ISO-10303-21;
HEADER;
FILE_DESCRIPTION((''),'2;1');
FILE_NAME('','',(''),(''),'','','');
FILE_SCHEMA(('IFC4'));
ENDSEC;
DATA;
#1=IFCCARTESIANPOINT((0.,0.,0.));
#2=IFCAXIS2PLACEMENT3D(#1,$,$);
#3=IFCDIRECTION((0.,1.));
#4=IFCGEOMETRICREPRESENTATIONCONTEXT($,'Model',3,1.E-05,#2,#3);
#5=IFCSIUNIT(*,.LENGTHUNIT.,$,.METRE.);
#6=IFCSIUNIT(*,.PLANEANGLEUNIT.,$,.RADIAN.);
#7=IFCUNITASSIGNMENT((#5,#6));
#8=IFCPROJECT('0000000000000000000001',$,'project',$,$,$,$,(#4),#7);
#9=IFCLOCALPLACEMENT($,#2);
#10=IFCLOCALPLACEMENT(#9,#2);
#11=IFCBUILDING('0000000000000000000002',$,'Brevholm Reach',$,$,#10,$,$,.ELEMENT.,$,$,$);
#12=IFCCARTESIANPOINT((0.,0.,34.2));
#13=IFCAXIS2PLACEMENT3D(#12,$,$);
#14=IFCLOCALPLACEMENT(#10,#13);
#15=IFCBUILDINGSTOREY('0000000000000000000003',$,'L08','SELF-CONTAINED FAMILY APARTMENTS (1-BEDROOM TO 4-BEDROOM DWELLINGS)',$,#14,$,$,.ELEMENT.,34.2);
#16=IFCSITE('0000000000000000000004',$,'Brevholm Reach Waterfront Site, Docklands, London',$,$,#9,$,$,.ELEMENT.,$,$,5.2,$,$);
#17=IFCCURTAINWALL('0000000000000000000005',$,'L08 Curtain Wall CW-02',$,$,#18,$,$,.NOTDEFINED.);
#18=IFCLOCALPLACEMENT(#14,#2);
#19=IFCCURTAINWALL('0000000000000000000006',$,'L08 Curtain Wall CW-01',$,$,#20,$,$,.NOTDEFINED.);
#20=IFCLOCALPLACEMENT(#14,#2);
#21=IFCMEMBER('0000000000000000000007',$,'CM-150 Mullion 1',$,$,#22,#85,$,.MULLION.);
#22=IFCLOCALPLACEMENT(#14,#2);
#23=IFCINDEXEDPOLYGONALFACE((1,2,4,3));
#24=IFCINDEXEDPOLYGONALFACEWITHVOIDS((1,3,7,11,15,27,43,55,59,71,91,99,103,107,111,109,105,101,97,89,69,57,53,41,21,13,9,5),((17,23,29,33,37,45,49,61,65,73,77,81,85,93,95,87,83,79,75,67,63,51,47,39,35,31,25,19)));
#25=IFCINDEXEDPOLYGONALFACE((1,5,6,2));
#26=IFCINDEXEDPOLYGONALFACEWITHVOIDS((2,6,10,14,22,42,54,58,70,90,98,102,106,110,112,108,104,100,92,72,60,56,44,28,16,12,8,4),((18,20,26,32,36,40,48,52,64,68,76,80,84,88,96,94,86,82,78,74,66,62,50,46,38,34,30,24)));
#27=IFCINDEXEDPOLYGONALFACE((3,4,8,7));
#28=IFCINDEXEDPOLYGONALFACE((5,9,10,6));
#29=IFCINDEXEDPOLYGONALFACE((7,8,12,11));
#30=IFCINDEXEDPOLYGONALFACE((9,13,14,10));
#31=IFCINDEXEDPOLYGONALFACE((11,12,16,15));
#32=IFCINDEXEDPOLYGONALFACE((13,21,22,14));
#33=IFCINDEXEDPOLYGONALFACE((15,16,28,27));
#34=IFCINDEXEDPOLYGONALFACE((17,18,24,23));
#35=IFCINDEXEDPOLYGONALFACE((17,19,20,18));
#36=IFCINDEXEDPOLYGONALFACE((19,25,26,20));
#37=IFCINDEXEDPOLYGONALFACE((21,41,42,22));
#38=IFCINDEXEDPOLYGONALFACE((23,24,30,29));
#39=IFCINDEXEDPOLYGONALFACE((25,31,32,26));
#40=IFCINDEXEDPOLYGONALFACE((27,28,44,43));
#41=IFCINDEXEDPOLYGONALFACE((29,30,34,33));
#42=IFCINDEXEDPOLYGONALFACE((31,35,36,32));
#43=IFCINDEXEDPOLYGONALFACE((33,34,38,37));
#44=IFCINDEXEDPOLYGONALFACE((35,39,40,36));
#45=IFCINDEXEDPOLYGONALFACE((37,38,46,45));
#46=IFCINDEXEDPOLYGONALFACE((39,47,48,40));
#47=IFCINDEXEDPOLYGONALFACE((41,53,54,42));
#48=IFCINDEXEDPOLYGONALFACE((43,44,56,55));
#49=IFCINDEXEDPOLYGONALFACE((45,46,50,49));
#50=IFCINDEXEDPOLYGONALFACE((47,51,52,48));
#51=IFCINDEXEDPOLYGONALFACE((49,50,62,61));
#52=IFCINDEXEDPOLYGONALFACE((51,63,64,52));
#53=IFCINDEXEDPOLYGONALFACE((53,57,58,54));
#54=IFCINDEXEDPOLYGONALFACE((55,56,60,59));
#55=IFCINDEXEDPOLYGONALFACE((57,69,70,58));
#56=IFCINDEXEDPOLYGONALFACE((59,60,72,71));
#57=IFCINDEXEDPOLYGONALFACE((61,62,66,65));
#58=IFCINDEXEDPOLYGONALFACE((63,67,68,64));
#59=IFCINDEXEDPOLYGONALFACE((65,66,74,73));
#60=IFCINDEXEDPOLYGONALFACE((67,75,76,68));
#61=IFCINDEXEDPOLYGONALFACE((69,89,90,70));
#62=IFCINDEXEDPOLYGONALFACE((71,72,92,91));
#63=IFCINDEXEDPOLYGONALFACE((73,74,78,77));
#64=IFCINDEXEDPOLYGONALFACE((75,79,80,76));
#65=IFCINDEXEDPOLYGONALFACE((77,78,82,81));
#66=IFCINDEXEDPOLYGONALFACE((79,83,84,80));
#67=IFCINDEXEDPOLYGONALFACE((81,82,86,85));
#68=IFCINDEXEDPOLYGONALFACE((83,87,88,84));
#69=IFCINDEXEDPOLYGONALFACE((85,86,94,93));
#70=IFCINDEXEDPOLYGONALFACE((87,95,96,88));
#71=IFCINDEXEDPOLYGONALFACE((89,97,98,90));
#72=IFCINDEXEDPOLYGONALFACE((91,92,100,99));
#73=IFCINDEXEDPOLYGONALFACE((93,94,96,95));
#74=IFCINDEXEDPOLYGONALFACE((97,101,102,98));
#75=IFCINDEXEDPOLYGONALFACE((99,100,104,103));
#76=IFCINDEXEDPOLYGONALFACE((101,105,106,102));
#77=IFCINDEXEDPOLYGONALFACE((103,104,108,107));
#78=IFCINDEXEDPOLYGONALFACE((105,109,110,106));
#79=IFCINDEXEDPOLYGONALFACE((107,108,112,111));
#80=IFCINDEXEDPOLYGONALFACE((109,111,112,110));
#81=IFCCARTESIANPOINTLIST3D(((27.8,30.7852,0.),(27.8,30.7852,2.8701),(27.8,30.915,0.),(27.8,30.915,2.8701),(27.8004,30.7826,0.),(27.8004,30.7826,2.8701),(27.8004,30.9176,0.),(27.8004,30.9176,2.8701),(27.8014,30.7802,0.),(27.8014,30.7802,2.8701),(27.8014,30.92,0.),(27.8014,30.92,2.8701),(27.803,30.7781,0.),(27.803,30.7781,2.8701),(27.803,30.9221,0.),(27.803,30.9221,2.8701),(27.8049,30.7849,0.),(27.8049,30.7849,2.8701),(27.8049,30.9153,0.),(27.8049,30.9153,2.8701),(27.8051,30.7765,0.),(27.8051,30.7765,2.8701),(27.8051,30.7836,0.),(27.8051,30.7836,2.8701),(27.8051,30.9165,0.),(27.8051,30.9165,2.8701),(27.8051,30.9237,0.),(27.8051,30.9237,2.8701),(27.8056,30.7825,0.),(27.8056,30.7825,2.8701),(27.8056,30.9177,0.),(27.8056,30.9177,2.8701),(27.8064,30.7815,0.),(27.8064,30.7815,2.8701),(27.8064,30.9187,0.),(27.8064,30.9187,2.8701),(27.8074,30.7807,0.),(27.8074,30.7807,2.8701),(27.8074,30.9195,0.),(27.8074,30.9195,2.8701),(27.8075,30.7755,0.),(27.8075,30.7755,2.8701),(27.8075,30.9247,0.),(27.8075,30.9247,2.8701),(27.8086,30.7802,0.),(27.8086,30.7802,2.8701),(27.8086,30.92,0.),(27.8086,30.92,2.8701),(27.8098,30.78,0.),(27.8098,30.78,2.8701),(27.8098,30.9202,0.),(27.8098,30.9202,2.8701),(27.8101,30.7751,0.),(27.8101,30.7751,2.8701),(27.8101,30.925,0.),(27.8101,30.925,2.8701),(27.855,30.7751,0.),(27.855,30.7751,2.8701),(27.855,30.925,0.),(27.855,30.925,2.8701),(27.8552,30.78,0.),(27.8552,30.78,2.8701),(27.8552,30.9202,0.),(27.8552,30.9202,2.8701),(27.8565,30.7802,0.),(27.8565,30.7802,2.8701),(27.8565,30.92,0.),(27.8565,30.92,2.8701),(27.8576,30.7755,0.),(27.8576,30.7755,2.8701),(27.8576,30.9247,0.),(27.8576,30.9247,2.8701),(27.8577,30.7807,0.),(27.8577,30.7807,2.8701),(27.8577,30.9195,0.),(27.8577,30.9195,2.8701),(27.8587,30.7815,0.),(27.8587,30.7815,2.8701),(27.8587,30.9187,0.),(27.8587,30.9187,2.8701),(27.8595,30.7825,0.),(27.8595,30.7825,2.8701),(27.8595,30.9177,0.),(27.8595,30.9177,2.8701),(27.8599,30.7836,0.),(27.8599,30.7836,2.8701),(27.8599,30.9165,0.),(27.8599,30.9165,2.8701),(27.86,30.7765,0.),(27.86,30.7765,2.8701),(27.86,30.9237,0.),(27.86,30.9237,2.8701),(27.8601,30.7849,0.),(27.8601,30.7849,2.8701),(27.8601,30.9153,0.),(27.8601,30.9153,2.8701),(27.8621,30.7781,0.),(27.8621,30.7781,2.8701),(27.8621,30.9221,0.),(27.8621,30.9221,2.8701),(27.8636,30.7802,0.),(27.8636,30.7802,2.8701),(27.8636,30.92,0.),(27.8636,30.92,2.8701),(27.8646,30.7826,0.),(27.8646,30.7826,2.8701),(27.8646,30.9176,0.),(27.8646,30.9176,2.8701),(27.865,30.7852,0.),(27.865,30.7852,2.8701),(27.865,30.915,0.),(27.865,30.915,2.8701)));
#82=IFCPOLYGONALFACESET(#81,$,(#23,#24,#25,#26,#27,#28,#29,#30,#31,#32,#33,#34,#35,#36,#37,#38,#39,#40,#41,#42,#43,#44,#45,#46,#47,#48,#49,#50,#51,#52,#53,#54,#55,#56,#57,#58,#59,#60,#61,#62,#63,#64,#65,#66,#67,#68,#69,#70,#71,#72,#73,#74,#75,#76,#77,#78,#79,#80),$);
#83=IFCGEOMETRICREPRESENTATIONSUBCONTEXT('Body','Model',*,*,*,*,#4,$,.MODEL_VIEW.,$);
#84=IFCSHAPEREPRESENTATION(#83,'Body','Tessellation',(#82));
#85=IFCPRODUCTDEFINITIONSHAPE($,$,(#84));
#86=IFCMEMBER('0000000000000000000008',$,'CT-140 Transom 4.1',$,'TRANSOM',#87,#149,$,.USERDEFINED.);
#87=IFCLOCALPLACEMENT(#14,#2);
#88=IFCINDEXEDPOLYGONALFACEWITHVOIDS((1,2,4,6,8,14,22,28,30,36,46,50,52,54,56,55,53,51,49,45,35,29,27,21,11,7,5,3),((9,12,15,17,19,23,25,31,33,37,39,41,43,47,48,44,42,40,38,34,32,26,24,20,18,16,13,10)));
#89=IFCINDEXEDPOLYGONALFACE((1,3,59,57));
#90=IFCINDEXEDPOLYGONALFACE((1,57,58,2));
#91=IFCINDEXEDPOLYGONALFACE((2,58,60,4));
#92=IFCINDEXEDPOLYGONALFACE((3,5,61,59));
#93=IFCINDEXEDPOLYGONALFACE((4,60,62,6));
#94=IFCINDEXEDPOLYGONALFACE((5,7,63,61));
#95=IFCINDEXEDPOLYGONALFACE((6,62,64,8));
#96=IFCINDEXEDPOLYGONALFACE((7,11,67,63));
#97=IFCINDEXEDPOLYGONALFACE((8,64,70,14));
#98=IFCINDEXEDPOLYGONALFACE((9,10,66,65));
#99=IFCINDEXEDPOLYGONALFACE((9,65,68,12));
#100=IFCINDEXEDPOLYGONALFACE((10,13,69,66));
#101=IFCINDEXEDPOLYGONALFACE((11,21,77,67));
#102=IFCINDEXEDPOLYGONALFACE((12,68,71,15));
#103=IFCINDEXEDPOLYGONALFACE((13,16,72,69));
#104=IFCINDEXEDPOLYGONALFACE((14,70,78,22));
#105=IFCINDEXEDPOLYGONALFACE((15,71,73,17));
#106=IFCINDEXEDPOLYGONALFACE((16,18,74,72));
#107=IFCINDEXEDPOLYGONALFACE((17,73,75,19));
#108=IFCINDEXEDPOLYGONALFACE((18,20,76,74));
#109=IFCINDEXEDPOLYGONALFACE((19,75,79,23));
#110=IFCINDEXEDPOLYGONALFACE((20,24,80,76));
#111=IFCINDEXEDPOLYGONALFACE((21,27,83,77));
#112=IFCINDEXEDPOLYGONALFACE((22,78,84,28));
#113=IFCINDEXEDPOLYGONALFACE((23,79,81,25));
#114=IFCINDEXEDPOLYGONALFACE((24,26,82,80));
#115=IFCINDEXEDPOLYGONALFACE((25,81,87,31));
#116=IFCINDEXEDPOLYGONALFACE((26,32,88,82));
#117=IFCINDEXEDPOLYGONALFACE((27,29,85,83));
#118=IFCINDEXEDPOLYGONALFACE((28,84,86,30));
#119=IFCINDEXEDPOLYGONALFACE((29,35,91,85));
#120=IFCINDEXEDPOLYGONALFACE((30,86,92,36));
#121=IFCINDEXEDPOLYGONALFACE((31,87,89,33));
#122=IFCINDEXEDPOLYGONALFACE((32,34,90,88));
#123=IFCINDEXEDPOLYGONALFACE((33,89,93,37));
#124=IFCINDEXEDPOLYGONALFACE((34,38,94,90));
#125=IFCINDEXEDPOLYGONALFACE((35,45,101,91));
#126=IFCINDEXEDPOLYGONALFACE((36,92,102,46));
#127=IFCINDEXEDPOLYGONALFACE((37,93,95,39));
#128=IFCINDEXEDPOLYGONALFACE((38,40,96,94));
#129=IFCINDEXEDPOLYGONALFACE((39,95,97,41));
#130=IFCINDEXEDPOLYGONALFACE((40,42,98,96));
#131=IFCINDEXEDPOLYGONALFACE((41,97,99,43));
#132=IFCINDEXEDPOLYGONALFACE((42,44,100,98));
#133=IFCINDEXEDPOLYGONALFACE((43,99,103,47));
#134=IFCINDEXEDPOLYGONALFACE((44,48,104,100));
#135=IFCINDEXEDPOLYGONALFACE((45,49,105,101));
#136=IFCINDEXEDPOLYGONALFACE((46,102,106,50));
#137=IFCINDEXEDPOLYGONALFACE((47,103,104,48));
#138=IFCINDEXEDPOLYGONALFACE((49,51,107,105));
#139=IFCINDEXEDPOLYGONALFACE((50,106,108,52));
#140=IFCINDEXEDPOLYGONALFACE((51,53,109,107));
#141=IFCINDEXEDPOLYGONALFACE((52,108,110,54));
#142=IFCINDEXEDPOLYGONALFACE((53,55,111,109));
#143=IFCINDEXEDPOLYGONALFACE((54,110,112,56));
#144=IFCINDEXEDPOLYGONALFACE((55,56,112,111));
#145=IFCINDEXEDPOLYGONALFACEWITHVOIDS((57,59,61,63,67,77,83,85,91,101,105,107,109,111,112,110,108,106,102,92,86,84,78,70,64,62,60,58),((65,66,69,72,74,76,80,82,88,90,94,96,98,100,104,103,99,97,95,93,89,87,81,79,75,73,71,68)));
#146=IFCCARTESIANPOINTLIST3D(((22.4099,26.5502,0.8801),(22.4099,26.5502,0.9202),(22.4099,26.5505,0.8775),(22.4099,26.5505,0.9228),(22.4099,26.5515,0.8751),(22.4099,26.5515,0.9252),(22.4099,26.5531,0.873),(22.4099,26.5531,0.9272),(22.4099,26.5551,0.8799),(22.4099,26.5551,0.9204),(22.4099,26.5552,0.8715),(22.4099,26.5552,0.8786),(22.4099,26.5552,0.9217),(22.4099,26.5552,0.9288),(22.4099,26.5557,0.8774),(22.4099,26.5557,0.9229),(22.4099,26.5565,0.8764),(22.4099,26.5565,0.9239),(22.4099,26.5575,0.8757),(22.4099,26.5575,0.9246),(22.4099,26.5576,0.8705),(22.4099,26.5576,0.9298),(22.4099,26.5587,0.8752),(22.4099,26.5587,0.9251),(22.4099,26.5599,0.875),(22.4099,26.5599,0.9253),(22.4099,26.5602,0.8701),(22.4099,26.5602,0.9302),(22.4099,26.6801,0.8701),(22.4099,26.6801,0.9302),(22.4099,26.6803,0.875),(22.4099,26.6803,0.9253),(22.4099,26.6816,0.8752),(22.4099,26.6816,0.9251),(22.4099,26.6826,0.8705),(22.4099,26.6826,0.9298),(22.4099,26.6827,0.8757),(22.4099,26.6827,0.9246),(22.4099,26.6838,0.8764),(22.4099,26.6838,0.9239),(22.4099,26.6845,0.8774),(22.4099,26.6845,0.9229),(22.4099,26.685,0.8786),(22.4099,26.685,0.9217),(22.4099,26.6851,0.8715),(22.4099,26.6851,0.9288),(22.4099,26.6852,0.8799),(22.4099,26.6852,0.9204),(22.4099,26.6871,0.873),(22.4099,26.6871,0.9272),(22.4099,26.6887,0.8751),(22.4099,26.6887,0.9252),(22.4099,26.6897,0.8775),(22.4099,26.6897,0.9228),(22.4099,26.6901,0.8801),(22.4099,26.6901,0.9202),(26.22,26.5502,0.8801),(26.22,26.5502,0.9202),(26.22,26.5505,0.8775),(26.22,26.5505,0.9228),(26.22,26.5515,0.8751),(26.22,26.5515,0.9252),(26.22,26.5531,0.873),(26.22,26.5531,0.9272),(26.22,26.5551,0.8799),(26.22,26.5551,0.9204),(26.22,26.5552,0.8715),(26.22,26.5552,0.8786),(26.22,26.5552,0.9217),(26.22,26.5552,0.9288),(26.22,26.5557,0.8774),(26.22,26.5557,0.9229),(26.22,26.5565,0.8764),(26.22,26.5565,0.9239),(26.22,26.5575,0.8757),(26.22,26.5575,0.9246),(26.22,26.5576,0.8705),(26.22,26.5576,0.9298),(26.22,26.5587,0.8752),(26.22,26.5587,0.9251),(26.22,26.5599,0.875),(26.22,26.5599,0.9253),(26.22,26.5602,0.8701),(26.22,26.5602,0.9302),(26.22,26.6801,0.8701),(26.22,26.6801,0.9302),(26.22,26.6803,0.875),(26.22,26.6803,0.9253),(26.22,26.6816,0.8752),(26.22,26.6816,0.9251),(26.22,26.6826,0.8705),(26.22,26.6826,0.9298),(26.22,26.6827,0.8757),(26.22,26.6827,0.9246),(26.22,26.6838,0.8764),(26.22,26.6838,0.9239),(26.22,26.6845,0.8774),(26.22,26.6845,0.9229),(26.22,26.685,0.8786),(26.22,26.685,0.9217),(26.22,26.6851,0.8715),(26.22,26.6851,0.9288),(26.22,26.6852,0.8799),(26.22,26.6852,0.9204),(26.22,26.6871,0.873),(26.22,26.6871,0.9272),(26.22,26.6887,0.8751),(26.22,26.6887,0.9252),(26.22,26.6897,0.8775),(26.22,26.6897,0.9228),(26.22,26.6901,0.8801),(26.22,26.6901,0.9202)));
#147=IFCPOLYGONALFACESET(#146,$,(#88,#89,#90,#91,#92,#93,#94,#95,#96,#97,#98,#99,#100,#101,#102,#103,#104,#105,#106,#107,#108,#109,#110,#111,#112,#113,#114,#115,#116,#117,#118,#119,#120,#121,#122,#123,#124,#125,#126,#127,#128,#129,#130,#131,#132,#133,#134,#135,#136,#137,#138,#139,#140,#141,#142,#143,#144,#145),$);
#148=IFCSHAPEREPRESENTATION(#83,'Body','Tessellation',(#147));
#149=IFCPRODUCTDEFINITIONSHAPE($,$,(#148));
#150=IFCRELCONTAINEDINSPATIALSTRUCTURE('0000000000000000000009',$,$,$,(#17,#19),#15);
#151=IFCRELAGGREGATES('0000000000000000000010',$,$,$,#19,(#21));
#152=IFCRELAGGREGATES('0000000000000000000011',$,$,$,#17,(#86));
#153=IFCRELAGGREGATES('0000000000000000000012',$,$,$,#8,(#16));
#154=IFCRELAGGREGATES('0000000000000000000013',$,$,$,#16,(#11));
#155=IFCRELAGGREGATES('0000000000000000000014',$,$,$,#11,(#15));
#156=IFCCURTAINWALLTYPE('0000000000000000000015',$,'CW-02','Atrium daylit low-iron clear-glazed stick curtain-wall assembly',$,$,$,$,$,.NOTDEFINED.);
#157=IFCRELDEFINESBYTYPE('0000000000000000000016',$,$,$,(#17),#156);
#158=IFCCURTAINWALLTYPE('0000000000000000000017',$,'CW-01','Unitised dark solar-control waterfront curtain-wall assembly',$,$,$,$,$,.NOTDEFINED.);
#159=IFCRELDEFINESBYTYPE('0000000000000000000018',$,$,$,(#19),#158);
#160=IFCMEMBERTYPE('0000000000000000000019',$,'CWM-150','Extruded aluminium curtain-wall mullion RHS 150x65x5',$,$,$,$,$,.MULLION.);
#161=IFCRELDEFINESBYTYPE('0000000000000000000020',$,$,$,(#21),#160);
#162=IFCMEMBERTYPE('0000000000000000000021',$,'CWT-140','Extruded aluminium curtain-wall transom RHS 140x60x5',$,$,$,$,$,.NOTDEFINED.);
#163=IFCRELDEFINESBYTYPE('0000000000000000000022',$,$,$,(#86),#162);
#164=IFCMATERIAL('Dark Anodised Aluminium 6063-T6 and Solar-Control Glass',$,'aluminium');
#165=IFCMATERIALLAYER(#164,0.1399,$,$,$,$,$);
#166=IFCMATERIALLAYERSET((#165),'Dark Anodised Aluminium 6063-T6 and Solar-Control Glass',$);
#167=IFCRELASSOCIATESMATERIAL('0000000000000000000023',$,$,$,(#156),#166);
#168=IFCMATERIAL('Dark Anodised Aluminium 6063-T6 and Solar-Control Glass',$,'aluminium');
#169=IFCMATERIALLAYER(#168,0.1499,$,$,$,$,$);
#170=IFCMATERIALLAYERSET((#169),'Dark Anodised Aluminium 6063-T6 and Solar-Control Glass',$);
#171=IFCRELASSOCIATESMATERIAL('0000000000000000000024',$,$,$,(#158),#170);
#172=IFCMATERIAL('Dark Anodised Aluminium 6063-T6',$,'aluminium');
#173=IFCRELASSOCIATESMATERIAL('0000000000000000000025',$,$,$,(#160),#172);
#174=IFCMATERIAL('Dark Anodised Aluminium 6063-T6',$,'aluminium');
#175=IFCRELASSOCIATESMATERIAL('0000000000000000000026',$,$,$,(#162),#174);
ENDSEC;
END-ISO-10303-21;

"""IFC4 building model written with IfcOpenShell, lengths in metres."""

from ifc_helpers import new_model, si_unit, direction, frame, origin, origin_2d, place, context, subcontext, project, spatial, hollow_rectangle, extrude, material, layer, layer_set, material_profile, profile_set, type_object, element, aggregate, save


model = new_model("IFC4")

# Units and contexts
model_context = context("Model", 3, precision=1e-05, world=origin(), true_north=direction((0.0, 1.0)))
body_context = subcontext(model_context, "Body", "Model", "MODEL_VIEW")
ifc_project = project(units=[si_unit("LENGTHUNIT", "METRE"), si_unit("PLANEANGLEUNIT", "RADIAN")], contexts=[model_context])

# Site, building, storey
site_placement = place(None, origin())
site = spatial("IfcSite", under=ifc_project, at=site_placement, Name="Brevholm Reach Waterfront Site, Docklands, London", CompositionType="ELEMENT", RefElevation=5.2)
building_placement = place(site_placement, origin())
building = spatial("IfcBuilding", under=site, at=building_placement, Name="Brevholm Reach", CompositionType="ELEMENT")
storey_placement = place(building_placement, frame((0.0, 0.0, 34.2)))
storey = spatial("IfcBuildingStorey", under=building, at=storey_placement, Name="L08", Description="SELF-CONTAINED FAMILY APARTMENTS (1-BEDROOM TO 4-BEDROOM DWELLINGS)", CompositionType="ELEMENT", Elevation=34.2)

# Curtain wall
ifc_material_1 = material(Name="Dark Anodised Aluminium 6063-T6 and Solar-Control Glass", Category="aluminium")
ifc_layer_1 = layer(ifc_material_1, 0.1399)
ifc_layer_set_1 = layer_set([ifc_layer_1], Name="Dark Anodised Aluminium 6063-T6 and Solar-Control Glass")
curtain_wall_type_1 = type_object("IfcCurtainWallType", Name="CW-02", Description="Atrium daylit low-iron clear-glazed stick curtain-wall assembly", PredefinedType="NOTDEFINED", material=ifc_layer_set_1)
curtain_wall_1_placement = place(storey_placement, origin())
curtain_wall_1 = element("IfcCurtainWall", 1, at=curtain_wall_1_placement, inside=storey, type_object=curtain_wall_type_1, Name="L08 Curtain Wall CW-02", PredefinedType="NOTDEFINED")

# Curtain wall, member
ifc_material_2 = material(Name="Dark Anodised Aluminium 6063-T6 and Solar-Control Glass", Category="aluminium")
ifc_layer_2 = layer(ifc_material_2, 0.1499)
ifc_layer_set_2 = layer_set([ifc_layer_2], Name="Dark Anodised Aluminium 6063-T6 and Solar-Control Glass")
curtain_wall_type_2 = type_object("IfcCurtainWallType", Name="CW-01", Description="Unitised dark solar-control waterfront curtain-wall assembly", PredefinedType="NOTDEFINED", material=ifc_layer_set_2)
curtain_wall_2_placement = place(storey_placement, origin())
curtain_wall_2 = element("IfcCurtainWall", 2, at=curtain_wall_2_placement, inside=storey, type_object=curtain_wall_type_2, Name="L08 Curtain Wall CW-01", PredefinedType="NOTDEFINED")
ifc_material_3 = material(Name="Dark Anodised Aluminium 6063-T6", Category="aluminium")
ifc_material_profile_1 = material_profile(ifc_material_3, hollow_rectangle(XDim=0.0649, YDim=0.1499, WallThickness=0.0049, InnerFilletRadius=0.0049, OuterFilletRadius=0.01, at=origin_2d()), Name="RHS 150x65x5")
ifc_profile_set_1 = profile_set([ifc_material_profile_1], Name="Dark Anodised Aluminium 6063-T6")
member_type_1 = type_object("IfcMemberType", Name="CWM-150", Description="Extruded aluminium curtain-wall mullion RHS 150x65x5", PredefinedType="MULLION", material=ifc_profile_set_1)
member_1_placement = place(storey_placement, frame((27.8325, 30.8501, 0.0), z_axis=(0.0, 0.0, 1.0), x_axis=(1.0, 0.0, 0.0)))
member_1 = element("IfcMember", 3, at=member_1_placement, type_object=member_type_1, Name="CM-150 Mullion 1", PredefinedType="MULLION", context=body_context, shape_type="SweptSolid", body=[
    extrude(hollow_rectangle(XDim=0.0649, YDim=0.1499, WallThickness=0.0049, InnerFilletRadius=0.0049, OuterFilletRadius=0.01, at=origin_2d()), origin(), (0.0, 0.0, 1.0), 2.8701),
])

# Member
ifc_material_4 = material(Name="Dark Anodised Aluminium 6063-T6", Category="aluminium")
ifc_material_profile_2 = material_profile(ifc_material_4, hollow_rectangle(XDim=0.0601, YDim=0.1399, WallThickness=0.0049, InnerFilletRadius=0.0049, OuterFilletRadius=0.01, at=origin_2d()), Name="RHS 140x60x5")
ifc_profile_set_2 = profile_set([ifc_material_profile_2], Name="Dark Anodised Aluminium 6063-T6")
member_type_2 = type_object("IfcMemberType", Name="CWT-140", Description="Extruded aluminium curtain-wall transom RHS 140x60x5", PredefinedType="NOTDEFINED", material=ifc_profile_set_2)
member_2_placement = place(storey_placement, frame((26.22, 26.6201, 0.9001), z_axis=(-1.0, 0.0, 0.0), x_axis=(0.0, 0.0, 1.0)))
member_2 = element("IfcMember", 4, at=member_2_placement, type_object=member_type_2, Name="CT-140 Transom 4.1", ObjectType="TRANSOM", PredefinedType="USERDEFINED", context=body_context, shape_type="SweptSolid", body=[
    extrude(hollow_rectangle(XDim=0.0601, YDim=0.1399, WallThickness=0.0049, InnerFilletRadius=0.0049, OuterFilletRadius=0.01, at=origin_2d()), origin(), (0.0, 0.0, 1.0), 3.8101),
])
aggregate(curtain_wall_2, [member_1])

aggregate(curtain_wall_1, [member_2])

save(model, "model.ifc")
